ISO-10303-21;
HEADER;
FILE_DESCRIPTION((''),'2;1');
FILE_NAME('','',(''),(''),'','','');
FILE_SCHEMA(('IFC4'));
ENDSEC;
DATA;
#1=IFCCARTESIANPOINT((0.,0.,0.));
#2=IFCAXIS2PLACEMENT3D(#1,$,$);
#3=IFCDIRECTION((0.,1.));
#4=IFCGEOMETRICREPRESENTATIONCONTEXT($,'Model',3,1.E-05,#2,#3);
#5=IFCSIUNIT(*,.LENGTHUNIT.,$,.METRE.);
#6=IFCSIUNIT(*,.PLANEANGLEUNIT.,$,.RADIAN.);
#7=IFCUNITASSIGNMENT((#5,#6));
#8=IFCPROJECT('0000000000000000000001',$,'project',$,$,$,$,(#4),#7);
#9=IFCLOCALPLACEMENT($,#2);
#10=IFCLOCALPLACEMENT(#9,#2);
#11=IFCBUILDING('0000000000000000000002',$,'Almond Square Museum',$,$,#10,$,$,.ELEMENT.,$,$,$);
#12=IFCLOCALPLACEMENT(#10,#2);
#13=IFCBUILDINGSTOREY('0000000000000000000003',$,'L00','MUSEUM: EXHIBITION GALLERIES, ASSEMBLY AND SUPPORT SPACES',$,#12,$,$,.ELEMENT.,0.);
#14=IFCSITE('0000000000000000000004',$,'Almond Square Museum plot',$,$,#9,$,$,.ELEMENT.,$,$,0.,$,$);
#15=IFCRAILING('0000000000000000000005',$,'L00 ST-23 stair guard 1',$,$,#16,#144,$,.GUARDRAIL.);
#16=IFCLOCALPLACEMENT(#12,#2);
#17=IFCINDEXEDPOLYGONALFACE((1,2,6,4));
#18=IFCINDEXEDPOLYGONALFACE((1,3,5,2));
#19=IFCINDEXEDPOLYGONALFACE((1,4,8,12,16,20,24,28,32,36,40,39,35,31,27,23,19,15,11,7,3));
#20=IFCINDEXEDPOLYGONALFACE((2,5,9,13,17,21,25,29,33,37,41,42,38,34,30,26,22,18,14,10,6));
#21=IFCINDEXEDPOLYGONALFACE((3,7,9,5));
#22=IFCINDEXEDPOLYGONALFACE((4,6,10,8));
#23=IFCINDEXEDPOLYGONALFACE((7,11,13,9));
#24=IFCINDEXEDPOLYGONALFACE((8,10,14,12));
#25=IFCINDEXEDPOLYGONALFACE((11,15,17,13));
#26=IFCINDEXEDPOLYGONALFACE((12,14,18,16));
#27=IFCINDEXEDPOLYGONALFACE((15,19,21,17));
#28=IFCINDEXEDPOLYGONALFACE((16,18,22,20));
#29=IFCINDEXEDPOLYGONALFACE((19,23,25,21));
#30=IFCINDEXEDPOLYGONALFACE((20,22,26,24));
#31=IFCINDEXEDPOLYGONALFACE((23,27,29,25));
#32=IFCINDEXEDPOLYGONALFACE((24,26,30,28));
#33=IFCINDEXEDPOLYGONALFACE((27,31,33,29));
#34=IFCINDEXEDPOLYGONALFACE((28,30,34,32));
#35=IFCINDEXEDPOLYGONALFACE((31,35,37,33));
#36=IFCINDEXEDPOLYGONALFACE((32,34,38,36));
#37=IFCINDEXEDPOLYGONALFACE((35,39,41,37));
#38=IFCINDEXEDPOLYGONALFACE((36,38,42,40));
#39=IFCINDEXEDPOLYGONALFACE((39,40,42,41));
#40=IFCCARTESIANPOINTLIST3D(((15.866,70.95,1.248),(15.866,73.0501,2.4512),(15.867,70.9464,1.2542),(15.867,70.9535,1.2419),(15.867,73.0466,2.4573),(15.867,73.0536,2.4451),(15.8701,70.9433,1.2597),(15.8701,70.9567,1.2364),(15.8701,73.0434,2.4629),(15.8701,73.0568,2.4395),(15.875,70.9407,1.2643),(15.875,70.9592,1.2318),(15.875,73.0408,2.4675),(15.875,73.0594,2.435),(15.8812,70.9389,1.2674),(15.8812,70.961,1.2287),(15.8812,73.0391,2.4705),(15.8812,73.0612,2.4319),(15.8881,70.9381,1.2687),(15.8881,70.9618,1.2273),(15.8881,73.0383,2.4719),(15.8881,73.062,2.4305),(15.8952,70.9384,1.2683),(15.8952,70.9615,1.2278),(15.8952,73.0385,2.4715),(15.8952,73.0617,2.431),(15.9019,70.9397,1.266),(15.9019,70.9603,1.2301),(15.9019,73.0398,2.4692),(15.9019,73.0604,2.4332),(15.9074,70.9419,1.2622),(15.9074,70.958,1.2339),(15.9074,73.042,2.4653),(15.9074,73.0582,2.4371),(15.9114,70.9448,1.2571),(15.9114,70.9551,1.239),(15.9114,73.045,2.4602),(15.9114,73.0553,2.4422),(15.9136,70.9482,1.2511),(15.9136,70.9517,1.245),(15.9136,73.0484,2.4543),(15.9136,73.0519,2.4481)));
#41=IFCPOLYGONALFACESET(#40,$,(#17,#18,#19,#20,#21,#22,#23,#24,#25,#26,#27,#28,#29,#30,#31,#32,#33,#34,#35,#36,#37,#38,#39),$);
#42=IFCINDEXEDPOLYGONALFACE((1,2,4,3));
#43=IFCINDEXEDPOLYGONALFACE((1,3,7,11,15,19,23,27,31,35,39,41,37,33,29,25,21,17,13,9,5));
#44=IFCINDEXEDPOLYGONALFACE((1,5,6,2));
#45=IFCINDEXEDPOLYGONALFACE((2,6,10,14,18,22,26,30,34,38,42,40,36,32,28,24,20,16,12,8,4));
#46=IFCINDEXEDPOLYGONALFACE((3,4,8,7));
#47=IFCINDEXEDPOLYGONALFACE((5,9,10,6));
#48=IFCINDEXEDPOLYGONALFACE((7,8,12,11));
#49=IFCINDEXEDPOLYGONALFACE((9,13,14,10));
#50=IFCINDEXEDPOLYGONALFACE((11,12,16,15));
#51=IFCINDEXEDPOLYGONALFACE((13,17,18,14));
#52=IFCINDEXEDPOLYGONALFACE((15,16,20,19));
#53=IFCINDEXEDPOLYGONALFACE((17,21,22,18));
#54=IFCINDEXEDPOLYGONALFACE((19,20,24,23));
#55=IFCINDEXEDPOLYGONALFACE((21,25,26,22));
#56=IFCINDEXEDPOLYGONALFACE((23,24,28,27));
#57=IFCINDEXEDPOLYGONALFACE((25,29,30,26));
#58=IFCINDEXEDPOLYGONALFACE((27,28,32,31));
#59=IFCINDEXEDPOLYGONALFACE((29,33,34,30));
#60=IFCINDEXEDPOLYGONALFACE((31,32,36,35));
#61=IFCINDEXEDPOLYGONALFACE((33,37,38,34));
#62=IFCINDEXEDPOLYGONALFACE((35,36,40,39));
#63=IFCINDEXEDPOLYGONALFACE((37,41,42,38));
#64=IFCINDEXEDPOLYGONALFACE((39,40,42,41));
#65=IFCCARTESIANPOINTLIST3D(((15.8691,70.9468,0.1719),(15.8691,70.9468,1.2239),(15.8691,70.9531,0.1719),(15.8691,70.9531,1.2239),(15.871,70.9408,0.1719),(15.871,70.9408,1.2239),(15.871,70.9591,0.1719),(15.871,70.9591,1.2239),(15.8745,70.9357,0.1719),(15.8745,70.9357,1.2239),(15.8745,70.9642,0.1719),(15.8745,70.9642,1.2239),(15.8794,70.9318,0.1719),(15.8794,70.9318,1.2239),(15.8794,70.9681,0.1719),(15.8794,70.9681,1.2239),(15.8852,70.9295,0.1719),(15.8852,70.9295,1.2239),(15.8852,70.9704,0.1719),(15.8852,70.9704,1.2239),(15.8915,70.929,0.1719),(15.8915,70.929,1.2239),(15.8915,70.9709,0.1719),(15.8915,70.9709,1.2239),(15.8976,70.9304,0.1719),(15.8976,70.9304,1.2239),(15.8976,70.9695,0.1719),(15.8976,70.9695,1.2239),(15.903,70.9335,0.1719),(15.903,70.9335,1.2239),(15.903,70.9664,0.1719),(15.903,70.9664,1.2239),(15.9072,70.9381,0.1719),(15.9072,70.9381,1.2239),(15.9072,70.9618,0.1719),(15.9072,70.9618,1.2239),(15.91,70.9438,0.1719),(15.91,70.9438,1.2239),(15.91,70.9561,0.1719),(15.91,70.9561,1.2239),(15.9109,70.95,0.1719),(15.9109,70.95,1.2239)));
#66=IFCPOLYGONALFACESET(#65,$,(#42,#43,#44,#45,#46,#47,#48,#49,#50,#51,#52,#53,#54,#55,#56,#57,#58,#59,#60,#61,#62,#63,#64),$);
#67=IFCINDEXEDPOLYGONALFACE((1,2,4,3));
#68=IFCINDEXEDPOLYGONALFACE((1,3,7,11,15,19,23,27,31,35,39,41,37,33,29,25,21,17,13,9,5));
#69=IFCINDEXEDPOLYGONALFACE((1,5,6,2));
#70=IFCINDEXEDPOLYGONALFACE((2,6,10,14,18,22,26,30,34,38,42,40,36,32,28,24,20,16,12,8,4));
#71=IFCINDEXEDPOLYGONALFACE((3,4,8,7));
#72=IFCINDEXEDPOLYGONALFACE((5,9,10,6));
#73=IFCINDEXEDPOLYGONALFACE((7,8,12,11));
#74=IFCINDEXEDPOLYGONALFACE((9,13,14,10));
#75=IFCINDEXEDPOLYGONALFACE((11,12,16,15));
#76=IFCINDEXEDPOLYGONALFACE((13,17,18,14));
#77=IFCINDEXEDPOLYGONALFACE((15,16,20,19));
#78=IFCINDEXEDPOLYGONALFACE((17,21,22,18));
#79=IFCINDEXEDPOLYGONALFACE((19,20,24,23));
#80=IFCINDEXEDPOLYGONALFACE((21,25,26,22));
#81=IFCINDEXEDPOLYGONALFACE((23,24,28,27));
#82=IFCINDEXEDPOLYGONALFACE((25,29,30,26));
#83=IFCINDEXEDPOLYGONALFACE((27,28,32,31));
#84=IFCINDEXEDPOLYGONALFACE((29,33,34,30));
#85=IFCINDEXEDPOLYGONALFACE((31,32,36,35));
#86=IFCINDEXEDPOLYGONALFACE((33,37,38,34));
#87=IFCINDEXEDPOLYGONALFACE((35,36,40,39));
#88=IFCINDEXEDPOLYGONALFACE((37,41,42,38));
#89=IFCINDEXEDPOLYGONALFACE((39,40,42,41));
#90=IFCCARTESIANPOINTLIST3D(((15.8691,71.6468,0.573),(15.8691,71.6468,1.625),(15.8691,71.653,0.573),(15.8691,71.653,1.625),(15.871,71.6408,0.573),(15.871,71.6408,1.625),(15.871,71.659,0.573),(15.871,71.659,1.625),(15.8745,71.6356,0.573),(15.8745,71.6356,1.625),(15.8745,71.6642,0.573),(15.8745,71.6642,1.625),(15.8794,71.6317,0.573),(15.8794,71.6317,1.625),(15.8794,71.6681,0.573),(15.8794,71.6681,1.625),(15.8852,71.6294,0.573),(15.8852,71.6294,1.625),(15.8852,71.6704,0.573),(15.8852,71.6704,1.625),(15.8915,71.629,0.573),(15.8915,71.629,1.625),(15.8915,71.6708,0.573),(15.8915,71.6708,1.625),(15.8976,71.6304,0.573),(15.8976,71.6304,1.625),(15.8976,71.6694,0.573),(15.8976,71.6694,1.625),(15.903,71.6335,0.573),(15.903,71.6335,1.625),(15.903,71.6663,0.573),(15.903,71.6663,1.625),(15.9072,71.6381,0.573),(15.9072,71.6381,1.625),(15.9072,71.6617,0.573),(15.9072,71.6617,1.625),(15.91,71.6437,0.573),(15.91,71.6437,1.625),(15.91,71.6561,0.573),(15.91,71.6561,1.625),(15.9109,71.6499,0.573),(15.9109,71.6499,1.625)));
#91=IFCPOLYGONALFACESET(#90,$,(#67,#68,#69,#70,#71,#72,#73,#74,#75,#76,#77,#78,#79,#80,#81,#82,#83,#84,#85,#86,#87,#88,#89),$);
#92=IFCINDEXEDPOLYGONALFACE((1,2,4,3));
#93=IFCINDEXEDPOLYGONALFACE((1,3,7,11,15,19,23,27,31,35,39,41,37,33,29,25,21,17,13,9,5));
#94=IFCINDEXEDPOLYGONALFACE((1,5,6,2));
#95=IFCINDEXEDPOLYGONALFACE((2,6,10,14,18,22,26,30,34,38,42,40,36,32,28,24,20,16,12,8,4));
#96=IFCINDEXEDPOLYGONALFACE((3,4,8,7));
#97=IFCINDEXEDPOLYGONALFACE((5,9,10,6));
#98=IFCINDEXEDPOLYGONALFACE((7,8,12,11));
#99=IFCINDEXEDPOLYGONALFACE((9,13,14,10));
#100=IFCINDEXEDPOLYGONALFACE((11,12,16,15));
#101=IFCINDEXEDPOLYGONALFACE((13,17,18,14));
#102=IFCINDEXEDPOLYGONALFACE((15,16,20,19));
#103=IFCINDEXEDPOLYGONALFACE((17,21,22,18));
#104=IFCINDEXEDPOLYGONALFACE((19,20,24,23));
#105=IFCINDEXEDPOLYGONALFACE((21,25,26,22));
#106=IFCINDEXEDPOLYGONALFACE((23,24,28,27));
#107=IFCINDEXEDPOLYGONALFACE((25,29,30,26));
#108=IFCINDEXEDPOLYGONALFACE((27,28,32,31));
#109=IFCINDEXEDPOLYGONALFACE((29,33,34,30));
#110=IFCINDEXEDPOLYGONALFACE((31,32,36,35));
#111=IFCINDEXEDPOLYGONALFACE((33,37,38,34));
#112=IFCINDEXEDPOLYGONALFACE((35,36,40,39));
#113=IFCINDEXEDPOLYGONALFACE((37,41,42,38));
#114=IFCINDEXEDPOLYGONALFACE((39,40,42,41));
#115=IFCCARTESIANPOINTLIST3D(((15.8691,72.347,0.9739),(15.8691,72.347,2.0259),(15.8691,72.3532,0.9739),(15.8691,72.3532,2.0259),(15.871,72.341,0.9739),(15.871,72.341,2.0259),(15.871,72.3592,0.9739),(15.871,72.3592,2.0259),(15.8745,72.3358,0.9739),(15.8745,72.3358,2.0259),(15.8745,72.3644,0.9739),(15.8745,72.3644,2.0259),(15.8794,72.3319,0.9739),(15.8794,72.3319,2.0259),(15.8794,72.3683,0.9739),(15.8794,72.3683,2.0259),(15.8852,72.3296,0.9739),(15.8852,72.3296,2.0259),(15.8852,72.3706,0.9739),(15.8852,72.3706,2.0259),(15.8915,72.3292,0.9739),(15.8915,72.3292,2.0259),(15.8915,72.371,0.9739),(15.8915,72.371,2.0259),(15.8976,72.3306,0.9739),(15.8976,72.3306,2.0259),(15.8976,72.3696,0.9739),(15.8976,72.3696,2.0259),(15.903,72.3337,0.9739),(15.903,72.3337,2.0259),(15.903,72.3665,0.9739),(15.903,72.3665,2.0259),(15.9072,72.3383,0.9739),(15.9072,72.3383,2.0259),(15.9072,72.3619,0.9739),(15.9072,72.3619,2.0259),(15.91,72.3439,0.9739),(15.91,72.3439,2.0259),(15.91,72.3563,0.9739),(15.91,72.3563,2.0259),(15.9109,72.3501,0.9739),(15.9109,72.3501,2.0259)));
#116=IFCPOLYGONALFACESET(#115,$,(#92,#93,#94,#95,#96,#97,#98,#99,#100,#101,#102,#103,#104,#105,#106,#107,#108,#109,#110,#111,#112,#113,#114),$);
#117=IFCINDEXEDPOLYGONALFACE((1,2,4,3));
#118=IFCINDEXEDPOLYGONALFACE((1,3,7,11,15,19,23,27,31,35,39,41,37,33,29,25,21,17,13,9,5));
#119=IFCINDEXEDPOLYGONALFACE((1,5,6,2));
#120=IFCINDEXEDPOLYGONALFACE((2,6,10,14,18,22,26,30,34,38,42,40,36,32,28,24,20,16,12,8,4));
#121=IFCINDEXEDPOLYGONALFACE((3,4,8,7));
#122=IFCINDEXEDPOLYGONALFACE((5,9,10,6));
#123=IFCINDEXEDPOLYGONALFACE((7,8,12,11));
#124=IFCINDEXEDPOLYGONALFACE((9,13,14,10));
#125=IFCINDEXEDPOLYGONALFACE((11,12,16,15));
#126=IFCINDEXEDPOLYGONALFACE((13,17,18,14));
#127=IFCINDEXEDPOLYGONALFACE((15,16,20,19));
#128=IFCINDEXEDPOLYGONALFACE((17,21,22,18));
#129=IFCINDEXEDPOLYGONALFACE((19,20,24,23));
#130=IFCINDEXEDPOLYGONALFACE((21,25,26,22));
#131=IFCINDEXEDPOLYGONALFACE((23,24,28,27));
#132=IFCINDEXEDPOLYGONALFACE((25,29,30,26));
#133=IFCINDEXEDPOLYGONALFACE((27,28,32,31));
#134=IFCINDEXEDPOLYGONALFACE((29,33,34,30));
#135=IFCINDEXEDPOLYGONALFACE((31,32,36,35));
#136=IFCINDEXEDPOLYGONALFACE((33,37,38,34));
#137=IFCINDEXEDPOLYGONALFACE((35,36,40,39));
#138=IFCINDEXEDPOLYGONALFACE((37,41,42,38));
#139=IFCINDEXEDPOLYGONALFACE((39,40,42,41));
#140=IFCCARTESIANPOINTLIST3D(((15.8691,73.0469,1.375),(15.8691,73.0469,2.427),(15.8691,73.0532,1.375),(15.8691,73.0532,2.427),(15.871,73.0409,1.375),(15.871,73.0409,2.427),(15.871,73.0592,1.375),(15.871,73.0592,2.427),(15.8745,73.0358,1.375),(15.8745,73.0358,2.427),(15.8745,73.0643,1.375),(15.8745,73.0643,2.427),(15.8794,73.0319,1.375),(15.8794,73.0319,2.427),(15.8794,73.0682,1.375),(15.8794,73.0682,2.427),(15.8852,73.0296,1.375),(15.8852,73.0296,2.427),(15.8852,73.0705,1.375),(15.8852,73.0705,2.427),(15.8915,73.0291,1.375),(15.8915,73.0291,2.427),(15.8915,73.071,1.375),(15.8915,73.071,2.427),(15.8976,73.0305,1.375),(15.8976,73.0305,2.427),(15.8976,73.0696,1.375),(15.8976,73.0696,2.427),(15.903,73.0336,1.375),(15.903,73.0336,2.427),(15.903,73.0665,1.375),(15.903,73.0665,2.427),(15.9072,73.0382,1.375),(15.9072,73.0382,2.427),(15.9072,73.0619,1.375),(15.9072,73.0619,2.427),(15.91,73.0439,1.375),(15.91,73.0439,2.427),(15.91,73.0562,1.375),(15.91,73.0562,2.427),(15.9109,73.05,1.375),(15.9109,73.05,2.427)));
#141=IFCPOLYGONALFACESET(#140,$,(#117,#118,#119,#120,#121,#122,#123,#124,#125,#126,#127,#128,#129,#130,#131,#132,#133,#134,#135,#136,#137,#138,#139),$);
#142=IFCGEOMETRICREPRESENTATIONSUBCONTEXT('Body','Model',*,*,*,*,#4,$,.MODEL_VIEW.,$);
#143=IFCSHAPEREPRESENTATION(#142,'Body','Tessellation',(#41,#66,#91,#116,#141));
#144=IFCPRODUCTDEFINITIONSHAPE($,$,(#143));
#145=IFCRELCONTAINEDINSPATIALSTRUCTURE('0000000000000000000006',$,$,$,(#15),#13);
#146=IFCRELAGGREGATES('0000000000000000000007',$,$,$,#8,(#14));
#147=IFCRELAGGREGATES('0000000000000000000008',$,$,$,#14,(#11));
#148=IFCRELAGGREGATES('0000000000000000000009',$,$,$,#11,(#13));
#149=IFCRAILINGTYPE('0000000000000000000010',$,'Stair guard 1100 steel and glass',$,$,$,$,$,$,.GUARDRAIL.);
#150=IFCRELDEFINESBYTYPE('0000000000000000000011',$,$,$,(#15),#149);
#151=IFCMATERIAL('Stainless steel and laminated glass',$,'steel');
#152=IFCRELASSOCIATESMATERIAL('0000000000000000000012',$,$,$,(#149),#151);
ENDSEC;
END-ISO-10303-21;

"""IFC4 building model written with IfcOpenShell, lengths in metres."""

from ifc_helpers import new_model, si_unit, direction, frame, origin, origin_2d, place, context, subcontext, project, spatial, circle, extrude, material, type_object, element, save


model = new_model("IFC4")

# Units and contexts
model_context = context("Model", 3, precision=1e-05, world=origin(), true_north=direction((0.0, 1.0)))
body_context = subcontext(model_context, "Body", "Model", "MODEL_VIEW")
ifc_project = project(units=[si_unit("LENGTHUNIT", "METRE"), si_unit("PLANEANGLEUNIT", "RADIAN")], contexts=[model_context])

# Site, building, storey
site_placement = place(None, origin())
site = spatial("IfcSite", under=ifc_project, at=site_placement, Name="Almond Square Museum plot", CompositionType="ELEMENT", RefElevation=0.0)
building_placement = place(site_placement, origin())
building = spatial("IfcBuilding", under=site, at=building_placement, Name="Almond Square Museum", CompositionType="ELEMENT")
storey_placement = place(building_placement, origin())
storey = spatial("IfcBuildingStorey", under=building, at=storey_placement, Name="L00", Description="MUSEUM: EXHIBITION GALLERIES, ASSEMBLY AND SUPPORT SPACES", CompositionType="ELEMENT", Elevation=0.0)

# Railing
ifc_material_1 = material(Name="Stainless steel and laminated glass", Category="steel")
railing_type_1 = type_object("IfcRailingType", Name="Stair guard 1100 steel and glass", PredefinedType="GUARDRAIL", material=ifc_material_1)
railing_1_placement = place(storey_placement, frame((15.8899, 70.95, 0.1719)))
element("IfcRailing", 1, at=railing_1_placement, inside=storey, type_object=railing_type_1, Name="L00 ST-23 stair guard 1", PredefinedType="GUARDRAIL", context=body_context, shape_type="SweptSolid", body=[
    extrude(circle(Radius=0.0239, at=origin_2d()), frame((0.0, 0.0, 1.0762), z_axis=(0.0, 0.867696, 0.497095), x_axis=(-1.0, 0.0, 0.0)), (0.0, 0.0, 1.0), 2.4204),
    extrude(circle(Radius=0.021, at=origin_2d()), origin(), (0.0, 0.0, 1.0), 1.052),
    extrude(circle(Radius=0.021, at=origin_2d()), frame((0.0, 0.7, 0.4011)), (0.0, 0.0, 1.0), 1.052),
    extrude(circle(Radius=0.021, at=origin_2d()), frame((0.0, 1.4001, 0.802)), (0.0, 0.0, 1.0), 1.052),
    extrude(circle(Radius=0.021, at=origin_2d()), frame((0.0, 2.1001, 1.2031)), (0.0, 0.0, 1.0), 1.052),
])

save(model, "model.ifc")
